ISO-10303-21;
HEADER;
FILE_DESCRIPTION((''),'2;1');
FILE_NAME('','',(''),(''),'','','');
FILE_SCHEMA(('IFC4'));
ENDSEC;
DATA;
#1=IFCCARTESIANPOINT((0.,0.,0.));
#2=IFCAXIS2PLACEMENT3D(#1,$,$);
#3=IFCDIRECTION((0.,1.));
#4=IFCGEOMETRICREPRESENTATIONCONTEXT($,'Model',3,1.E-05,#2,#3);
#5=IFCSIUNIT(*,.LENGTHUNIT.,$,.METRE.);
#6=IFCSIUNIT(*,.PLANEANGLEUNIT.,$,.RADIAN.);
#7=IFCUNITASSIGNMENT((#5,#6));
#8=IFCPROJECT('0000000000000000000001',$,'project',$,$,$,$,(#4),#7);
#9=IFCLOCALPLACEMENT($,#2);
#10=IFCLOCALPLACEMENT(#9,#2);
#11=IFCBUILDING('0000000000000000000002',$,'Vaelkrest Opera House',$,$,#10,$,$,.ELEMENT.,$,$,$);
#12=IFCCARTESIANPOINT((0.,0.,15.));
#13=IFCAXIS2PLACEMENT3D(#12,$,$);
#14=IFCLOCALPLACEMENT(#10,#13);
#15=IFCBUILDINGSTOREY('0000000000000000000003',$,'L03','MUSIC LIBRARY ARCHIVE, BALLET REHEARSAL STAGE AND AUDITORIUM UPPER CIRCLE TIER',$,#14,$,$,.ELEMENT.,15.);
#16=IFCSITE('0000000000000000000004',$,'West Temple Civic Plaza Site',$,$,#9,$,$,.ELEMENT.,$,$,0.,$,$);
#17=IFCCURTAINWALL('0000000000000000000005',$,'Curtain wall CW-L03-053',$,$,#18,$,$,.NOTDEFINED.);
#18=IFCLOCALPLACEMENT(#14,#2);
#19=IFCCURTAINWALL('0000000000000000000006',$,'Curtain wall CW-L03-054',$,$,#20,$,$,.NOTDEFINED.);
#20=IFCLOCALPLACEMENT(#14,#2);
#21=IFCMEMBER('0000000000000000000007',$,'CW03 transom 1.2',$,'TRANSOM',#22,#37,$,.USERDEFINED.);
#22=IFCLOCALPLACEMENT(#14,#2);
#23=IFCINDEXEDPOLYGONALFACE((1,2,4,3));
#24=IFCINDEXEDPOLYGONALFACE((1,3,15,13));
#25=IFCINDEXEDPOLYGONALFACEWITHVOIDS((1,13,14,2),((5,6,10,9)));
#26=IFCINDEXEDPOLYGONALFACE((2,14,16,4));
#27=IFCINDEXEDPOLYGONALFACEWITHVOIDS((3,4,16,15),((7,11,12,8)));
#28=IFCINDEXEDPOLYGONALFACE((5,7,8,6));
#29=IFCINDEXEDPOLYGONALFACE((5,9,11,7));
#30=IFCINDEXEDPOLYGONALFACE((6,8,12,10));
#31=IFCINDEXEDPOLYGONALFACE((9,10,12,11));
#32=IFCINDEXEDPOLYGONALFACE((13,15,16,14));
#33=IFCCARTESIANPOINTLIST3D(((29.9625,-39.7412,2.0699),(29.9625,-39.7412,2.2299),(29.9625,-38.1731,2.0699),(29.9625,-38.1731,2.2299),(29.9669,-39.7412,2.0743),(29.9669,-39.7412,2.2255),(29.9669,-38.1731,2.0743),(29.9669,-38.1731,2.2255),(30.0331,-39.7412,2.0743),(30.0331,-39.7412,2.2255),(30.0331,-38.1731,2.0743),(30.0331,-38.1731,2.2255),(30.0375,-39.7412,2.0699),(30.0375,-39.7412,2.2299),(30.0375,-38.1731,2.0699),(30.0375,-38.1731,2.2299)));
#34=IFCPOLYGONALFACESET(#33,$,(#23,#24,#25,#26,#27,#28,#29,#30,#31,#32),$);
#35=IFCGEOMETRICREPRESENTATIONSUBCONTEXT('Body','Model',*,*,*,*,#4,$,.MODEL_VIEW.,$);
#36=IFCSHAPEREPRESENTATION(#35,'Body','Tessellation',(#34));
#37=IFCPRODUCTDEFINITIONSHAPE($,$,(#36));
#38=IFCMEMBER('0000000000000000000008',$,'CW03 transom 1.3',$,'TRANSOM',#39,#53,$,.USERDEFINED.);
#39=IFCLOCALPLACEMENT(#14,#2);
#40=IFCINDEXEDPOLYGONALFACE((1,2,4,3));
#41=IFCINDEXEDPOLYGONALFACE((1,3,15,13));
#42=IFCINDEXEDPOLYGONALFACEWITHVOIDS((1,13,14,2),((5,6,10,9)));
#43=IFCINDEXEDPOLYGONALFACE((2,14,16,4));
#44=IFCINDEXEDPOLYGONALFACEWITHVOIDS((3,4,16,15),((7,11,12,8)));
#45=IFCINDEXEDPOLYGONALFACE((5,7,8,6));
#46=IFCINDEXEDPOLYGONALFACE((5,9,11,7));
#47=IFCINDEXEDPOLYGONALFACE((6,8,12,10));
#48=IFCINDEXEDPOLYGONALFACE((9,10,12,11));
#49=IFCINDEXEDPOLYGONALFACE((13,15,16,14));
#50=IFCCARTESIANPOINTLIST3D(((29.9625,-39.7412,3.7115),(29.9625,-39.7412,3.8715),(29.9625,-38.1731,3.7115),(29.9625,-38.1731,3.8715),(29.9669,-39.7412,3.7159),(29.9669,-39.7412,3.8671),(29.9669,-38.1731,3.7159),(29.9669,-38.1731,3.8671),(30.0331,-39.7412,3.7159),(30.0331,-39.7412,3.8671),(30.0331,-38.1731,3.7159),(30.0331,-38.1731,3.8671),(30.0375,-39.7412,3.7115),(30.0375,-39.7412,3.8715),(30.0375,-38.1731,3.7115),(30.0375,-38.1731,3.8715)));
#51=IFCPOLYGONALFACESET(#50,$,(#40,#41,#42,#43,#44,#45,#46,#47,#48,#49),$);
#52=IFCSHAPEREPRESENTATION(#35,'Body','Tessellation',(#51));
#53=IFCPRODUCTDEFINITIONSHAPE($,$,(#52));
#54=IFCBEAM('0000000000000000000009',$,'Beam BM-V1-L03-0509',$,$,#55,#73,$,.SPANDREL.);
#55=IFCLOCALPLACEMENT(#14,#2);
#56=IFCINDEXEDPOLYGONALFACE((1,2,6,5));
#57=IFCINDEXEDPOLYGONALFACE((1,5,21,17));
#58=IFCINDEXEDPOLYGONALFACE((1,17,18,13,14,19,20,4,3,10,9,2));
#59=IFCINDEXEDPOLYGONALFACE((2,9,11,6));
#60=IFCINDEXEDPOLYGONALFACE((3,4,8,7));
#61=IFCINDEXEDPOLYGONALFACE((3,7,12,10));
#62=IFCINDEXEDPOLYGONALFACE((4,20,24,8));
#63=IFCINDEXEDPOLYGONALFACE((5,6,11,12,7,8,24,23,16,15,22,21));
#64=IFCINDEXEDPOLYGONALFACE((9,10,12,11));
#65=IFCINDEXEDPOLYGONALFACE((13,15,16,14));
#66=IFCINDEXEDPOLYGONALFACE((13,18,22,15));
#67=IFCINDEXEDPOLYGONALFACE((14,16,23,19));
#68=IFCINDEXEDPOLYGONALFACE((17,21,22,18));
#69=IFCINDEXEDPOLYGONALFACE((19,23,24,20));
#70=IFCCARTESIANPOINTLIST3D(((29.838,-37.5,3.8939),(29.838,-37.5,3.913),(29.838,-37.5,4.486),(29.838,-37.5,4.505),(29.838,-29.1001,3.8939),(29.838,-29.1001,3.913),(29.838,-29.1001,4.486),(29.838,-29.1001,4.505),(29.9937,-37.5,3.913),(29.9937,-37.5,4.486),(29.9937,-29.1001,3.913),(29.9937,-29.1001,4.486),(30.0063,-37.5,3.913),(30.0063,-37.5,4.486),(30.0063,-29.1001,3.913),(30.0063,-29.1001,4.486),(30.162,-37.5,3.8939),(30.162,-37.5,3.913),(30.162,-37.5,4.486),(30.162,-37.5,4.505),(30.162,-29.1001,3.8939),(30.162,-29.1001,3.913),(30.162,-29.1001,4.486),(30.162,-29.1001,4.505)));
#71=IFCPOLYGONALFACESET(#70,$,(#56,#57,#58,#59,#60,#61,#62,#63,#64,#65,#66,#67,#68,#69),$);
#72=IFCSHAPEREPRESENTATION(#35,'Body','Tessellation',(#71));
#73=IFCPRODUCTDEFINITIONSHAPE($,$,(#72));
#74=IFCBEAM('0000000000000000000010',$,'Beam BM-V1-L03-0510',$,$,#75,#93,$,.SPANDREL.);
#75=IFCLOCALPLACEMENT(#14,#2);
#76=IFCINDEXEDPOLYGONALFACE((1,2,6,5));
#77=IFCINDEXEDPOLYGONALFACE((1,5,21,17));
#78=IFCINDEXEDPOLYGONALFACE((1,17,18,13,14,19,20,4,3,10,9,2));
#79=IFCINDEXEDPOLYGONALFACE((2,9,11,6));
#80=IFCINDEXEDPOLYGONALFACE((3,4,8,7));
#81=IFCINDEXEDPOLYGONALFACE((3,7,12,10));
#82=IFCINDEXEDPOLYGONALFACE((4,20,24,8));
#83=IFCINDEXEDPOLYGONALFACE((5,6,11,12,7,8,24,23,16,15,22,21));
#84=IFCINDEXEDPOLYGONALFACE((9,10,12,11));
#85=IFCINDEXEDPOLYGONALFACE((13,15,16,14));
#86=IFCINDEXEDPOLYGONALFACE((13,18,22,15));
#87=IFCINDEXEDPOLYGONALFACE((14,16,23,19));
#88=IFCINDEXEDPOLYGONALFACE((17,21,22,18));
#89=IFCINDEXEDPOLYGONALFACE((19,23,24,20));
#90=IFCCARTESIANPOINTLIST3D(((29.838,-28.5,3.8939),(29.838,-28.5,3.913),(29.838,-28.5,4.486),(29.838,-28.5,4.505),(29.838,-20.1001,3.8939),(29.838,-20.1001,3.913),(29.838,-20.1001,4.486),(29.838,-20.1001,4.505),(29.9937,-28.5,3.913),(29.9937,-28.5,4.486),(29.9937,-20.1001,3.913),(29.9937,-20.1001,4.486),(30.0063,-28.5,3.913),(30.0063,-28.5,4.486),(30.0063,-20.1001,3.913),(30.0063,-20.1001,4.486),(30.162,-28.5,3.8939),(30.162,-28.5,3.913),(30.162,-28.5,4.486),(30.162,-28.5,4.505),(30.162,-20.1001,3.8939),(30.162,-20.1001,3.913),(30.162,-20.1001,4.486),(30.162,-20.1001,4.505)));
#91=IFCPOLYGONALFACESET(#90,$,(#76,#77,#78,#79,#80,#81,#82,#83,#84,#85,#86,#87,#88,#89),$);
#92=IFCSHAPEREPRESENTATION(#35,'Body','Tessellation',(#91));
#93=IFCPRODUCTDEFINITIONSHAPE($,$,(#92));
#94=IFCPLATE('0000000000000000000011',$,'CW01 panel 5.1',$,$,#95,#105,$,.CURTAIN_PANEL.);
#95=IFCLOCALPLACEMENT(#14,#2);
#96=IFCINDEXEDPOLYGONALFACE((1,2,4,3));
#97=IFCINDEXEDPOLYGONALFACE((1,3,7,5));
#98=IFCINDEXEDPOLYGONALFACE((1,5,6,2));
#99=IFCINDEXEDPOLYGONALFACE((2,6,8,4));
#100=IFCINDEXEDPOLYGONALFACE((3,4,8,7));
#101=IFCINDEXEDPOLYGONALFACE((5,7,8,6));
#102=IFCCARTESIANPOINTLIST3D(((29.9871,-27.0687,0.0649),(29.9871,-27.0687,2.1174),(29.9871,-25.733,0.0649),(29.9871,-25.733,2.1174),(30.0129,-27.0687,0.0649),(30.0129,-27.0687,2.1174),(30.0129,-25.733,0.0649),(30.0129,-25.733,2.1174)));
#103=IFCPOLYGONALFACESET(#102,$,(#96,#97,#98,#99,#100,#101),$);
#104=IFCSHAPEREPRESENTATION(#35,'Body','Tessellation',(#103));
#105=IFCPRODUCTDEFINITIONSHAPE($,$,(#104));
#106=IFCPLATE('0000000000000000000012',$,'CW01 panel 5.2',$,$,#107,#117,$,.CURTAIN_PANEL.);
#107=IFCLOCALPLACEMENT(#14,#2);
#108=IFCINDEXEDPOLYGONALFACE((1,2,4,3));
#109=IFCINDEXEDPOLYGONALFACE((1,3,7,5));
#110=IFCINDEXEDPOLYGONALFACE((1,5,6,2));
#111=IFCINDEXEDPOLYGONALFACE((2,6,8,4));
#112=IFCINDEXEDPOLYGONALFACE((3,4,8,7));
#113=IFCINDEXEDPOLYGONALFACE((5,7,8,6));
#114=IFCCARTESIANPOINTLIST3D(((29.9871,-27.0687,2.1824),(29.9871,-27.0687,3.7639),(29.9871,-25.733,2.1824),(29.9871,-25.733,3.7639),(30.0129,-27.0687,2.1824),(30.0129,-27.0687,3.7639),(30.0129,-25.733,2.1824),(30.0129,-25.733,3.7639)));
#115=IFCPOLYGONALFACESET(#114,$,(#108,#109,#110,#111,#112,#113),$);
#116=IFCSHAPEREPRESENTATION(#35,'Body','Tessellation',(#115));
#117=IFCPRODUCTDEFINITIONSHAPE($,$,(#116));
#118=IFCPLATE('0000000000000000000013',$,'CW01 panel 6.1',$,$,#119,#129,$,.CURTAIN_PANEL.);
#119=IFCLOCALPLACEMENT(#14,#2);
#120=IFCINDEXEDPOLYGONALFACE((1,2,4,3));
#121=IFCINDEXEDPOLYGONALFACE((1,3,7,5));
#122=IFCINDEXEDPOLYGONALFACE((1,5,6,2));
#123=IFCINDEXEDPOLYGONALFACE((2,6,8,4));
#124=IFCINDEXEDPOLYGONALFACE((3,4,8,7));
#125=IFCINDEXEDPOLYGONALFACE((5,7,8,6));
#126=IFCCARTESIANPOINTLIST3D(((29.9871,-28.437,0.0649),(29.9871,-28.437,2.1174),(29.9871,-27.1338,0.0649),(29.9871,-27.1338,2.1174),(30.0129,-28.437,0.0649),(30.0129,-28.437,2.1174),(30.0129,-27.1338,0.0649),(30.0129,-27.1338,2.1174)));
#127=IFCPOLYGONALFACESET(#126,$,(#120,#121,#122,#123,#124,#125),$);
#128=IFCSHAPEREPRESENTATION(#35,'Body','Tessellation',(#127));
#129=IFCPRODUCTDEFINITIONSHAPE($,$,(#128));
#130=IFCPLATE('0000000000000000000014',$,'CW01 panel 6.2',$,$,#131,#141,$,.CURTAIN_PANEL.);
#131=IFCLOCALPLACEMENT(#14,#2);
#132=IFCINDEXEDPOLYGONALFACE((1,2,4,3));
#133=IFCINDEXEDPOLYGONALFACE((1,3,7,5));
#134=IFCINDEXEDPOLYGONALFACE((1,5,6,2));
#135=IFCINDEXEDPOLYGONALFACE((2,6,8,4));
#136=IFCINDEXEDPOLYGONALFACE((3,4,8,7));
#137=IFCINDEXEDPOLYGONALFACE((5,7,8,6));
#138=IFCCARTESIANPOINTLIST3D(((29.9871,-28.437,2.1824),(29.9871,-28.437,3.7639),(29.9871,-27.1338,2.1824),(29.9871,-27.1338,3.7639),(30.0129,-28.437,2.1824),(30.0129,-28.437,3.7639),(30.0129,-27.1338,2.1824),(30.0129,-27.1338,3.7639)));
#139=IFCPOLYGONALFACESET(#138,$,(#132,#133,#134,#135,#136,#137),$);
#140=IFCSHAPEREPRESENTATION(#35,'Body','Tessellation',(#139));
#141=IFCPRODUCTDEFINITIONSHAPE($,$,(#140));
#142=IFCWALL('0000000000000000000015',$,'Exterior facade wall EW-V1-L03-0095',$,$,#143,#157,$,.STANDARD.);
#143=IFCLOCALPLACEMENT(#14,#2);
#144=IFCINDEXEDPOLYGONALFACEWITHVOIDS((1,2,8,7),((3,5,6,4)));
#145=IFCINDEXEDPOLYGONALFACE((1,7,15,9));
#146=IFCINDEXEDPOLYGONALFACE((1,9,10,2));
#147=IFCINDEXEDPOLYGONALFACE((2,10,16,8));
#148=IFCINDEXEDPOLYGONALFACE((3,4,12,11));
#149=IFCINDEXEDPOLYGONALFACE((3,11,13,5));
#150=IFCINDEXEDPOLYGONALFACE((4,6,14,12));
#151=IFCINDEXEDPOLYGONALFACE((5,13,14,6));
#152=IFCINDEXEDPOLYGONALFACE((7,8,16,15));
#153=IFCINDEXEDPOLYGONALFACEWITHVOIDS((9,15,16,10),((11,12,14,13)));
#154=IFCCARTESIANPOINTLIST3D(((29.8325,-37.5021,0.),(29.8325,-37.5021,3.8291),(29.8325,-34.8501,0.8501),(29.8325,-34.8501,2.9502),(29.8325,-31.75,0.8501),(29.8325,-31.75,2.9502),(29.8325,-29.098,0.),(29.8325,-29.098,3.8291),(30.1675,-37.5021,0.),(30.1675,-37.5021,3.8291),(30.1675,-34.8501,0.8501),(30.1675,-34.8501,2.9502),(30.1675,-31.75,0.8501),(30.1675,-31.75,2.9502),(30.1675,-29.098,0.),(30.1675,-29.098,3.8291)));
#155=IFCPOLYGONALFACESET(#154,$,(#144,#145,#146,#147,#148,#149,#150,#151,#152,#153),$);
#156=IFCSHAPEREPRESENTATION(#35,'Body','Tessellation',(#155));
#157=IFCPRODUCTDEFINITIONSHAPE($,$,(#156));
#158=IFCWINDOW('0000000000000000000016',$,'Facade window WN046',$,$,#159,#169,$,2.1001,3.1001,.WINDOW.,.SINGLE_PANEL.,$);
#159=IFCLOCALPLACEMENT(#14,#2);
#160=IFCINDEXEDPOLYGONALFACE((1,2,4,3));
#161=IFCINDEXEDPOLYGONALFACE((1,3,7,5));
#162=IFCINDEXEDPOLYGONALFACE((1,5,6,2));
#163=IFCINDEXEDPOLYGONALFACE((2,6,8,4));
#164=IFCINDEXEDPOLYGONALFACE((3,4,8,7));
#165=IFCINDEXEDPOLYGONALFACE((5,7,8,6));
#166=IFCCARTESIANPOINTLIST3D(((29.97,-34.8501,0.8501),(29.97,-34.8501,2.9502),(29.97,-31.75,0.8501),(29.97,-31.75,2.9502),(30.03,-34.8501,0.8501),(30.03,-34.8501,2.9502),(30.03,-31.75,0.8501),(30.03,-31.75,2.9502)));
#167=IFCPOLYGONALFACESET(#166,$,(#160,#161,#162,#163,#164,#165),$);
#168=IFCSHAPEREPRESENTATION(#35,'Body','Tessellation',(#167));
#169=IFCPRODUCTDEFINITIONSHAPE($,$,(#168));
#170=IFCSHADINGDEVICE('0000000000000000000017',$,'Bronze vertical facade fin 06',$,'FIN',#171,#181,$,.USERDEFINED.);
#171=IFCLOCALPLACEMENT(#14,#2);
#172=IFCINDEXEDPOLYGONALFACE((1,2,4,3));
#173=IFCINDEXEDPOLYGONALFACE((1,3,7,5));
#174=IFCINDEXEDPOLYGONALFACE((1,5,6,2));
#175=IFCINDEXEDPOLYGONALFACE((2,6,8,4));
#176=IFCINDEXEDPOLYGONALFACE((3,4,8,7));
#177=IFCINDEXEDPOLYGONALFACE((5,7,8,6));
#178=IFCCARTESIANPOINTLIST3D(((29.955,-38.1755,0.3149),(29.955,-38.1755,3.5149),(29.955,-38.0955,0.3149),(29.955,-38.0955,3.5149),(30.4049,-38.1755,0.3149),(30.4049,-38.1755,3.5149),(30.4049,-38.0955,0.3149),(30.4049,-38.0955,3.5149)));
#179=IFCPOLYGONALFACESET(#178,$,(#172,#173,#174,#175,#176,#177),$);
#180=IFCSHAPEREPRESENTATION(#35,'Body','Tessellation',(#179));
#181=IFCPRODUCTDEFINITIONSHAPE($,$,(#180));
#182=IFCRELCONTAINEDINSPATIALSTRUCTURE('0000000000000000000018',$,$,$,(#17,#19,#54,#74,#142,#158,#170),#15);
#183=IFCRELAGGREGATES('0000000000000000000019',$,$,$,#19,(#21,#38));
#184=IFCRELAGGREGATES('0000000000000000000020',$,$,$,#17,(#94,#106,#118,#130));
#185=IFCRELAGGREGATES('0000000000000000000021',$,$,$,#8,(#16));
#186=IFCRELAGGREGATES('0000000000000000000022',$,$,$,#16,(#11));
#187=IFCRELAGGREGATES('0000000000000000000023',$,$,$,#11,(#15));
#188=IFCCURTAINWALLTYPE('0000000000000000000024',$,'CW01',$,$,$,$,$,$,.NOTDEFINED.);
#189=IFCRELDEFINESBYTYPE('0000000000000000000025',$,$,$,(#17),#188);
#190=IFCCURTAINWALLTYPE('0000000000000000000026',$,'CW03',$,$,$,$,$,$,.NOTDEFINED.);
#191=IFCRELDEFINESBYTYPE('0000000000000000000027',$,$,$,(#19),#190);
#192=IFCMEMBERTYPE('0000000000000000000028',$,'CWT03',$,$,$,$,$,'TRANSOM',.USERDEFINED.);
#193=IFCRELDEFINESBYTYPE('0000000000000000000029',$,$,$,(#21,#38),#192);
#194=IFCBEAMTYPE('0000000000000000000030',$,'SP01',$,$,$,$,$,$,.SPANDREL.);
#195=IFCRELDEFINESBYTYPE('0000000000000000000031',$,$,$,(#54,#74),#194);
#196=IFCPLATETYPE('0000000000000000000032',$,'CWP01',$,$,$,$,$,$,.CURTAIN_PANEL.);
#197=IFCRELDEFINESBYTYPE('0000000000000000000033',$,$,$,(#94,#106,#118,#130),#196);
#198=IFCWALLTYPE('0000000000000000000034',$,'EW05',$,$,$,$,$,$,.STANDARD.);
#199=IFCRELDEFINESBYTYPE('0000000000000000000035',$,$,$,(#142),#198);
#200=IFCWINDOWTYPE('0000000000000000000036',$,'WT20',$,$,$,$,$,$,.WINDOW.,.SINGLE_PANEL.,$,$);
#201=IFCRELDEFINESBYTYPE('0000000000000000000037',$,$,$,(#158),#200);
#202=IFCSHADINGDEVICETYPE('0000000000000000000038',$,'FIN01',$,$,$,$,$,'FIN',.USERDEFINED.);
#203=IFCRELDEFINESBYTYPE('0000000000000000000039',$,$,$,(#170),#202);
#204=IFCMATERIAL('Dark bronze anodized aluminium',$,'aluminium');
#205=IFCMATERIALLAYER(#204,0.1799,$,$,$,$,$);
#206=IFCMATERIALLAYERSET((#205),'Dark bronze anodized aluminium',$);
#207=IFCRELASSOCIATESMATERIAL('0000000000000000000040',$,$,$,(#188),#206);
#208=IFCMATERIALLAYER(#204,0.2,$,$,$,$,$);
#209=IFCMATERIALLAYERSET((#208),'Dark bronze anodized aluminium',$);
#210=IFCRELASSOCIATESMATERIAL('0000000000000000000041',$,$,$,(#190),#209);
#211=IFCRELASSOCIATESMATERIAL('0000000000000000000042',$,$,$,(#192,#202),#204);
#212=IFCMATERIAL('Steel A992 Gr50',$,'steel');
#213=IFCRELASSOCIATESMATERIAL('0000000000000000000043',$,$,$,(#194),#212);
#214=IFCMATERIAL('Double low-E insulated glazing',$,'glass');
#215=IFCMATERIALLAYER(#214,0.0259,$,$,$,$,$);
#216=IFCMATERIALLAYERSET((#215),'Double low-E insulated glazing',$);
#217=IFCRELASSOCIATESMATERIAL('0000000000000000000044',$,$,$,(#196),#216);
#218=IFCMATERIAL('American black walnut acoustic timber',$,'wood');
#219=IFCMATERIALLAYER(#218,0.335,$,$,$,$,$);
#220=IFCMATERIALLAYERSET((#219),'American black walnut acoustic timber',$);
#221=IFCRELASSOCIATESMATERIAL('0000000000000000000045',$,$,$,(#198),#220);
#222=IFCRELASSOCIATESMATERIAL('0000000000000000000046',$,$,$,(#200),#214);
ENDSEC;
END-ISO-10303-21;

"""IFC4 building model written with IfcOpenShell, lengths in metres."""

from ifc_helpers import new_model, si_unit, direction, frame, frame_2d, origin, origin_2d, place, context, subcontext, project, spatial, rectangle, hollow_rectangle, i_section, extrude, material, layer, layer_set, material_profile, profile_set, type_object, element, fill, aggregate, save


model = new_model("IFC4")

# Units and contexts
model_context = context("Model", 3, precision=1e-05, world=origin(), true_north=direction((0.0, 1.0)))
body_context = subcontext(model_context, "Body", "Model", "MODEL_VIEW")
ifc_project = project(units=[si_unit("LENGTHUNIT", "METRE"), si_unit("PLANEANGLEUNIT", "RADIAN")], contexts=[model_context])

# Site, building, storey
site_placement = place(None, origin())
site = spatial("IfcSite", under=ifc_project, at=site_placement, Name="West Temple Civic Plaza Site", CompositionType="ELEMENT", RefElevation=0.0)
building_placement = place(site_placement, origin())
building = spatial("IfcBuilding", under=site, at=building_placement, Name="Vaelkrest Opera House", CompositionType="ELEMENT")
storey_placement = place(building_placement, frame((0.0, 0.0, 15.0)))
storey = spatial("IfcBuildingStorey", under=building, at=storey_placement, Name="L03", Description="MUSIC LIBRARY ARCHIVE, BALLET REHEARSAL STAGE AND AUDITORIUM UPPER CIRCLE TIER", CompositionType="ELEMENT", Elevation=15.0)

# Curtain wall
ifc_material_1 = material(Name="Dark bronze anodized aluminium", Category="aluminium")
ifc_layer_1 = layer(ifc_material_1, 0.1799)
ifc_layer_set_1 = layer_set([ifc_layer_1], Name="Dark bronze anodized aluminium")
curtain_wall_type_1 = type_object("IfcCurtainWallType", Name="CW01", PredefinedType="NOTDEFINED", material=ifc_layer_set_1)
curtain_wall_1_placement = place(storey_placement, origin())
curtain_wall_1 = element("IfcCurtainWall", 1, at=curtain_wall_1_placement, inside=storey, type_object=curtain_wall_type_1, Name="Curtain wall CW-L03-053", PredefinedType="NOTDEFINED")

# Curtain wall
ifc_layer_2 = layer(ifc_material_1, 0.2)
ifc_layer_set_2 = layer_set([ifc_layer_2], Name="Dark bronze anodized aluminium")
curtain_wall_type_2 = type_object("IfcCurtainWallType", Name="CW03", PredefinedType="NOTDEFINED", material=ifc_layer_set_2)
curtain_wall_2_placement = place(storey_placement, origin())
curtain_wall_2 = element("IfcCurtainWall", 2, at=curtain_wall_2_placement, inside=storey, type_object=curtain_wall_type_2, Name="Curtain wall CW-L03-054", PredefinedType="NOTDEFINED")

# Members
ifc_material_profile_1 = material_profile(ifc_material_1, hollow_rectangle(XDim=0.075, YDim=0.1599, WallThickness=0.0044, at=origin_2d()), Name="CWT75X160")
ifc_profile_set_1 = profile_set([ifc_material_profile_1], Name="Dark bronze anodized aluminium")
member_type_1 = type_object("IfcMemberType", Name="CWT03", ElementType="TRANSOM", PredefinedType="USERDEFINED", material=ifc_profile_set_1)
member_1_placement = place(storey_placement, frame((30.0, -38.1731, 2.1499), z_axis=(0.0, -1.0, 0.0), x_axis=(1.0, 0.0, 0.0)))
member_1 = element("IfcMember", 3, at=member_1_placement, type_object=member_type_1, Name="CW03 transom 1.2", ObjectType="TRANSOM", PredefinedType="USERDEFINED", context=body_context, shape_type="SweptSolid", body=[
    extrude(hollow_rectangle(XDim=0.075, YDim=0.1599, WallThickness=0.0044, at=origin_2d()), origin(), (0.0, 0.0, 1.0), 1.5681),
])
member_2_placement = place(storey_placement, frame((30.0, -38.1731, 3.7915), z_axis=(0.0, -1.0, 0.0), x_axis=(1.0, 0.0, 0.0)))
member_2 = element("IfcMember", 4, at=member_2_placement, type_object=member_type_1, Name="CW03 transom 1.3", ObjectType="TRANSOM", PredefinedType="USERDEFINED", context=body_context, shape_type="SweptSolid", body=[
    extrude(hollow_rectangle(XDim=0.075, YDim=0.1599, WallThickness=0.0044, at=origin_2d()), origin(), (0.0, 0.0, 1.0), 1.5681),
])
aggregate(curtain_wall_2, [member_1, member_2])

# Beams
ifc_material_2 = material(Name="Steel A992 Gr50", Category="steel")
ifc_material_profile_2 = material_profile(ifc_material_2, i_section(OverallWidth=0.324, OverallDepth=0.6111, WebThickness=0.0127, FlangeThickness=0.019, at=origin_2d()), Name="W24X104")
ifc_profile_set_2 = profile_set([ifc_material_profile_2], Name="Steel A992 Gr50")
beam_type = type_object("IfcBeamType", Name="SP01", PredefinedType="SPANDREL", material=ifc_profile_set_2)
for number, where, z_axis, x_axis, name in (
    (5, (30.0, -37.5, 4.1995), (0.0, 1.0, 0.0), (-1.0, 0.0, 0.0), "Beam BM-V1-L03-0509"),
    (6, (30.0, -28.5, 4.1995), (0.0, 1.0, 0.0), (-1.0, 0.0, 0.0), "Beam BM-V1-L03-0510"),
):
    element("IfcBeam", number, at=place(storey_placement, frame(where, z_axis=z_axis, x_axis=x_axis)), inside=storey, type_object=beam_type, Name=name, PredefinedType="SPANDREL", context=body_context, shape_type="SweptSolid", body=[
        extrude(i_section(OverallWidth=0.324, OverallDepth=0.6111, WebThickness=0.0127, FlangeThickness=0.019, at=origin_2d()), origin(), (0.0, 0.0, 1.0), 8.3999),
    ])

# Plates
ifc_material_3 = material(Name="Double low-E insulated glazing", Category="glass")
ifc_layer_3 = layer(ifc_material_3, 0.0259)
ifc_layer_set_3 = layer_set([ifc_layer_3], Name="Double low-E insulated glazing")
plate_type = type_object("IfcPlateType", Name="CWP01", PredefinedType="CURTAIN_PANEL", material=ifc_layer_set_3)
plate_1_placement = place(storey_placement, frame((30.0, -26.4009, 0.0649), z_axis=(0.0, 0.0, 1.0), x_axis=(0.0, -1.0, 0.0)))
plate_1 = element("IfcPlate", 7, at=plate_1_placement, type_object=plate_type, Name="CW01 panel 5.1", PredefinedType="CURTAIN_PANEL", context=body_context, shape_type="SweptSolid", body=[
    extrude(rectangle(XDim=1.3357, YDim=0.0259, at=origin_2d()), origin(), (0.0, 0.0, 1.0), 2.0525),
])
plate_2_placement = place(storey_placement, frame((30.0, -26.4009, 2.1824), z_axis=(0.0, 0.0, 1.0), x_axis=(0.0, -1.0, 0.0)))
plate_2 = element("IfcPlate", 8, at=plate_2_placement, type_object=plate_type, Name="CW01 panel 5.2", PredefinedType="CURTAIN_PANEL", context=body_context, shape_type="SweptSolid", body=[
    extrude(rectangle(XDim=1.3357, YDim=0.0259, at=origin_2d()), origin(), (0.0, 0.0, 1.0), 1.5815),
])
plate_3_placement = place(storey_placement, frame((30.0, -27.7854, 0.0649), z_axis=(0.0, 0.0, 1.0), x_axis=(0.0, -1.0, 0.0)))
plate_3 = element("IfcPlate", 9, at=plate_3_placement, type_object=plate_type, Name="CW01 panel 6.1", PredefinedType="CURTAIN_PANEL", context=body_context, shape_type="SweptSolid", body=[
    extrude(rectangle(XDim=1.3032, YDim=0.0259, at=origin_2d()), origin(), (0.0, 0.0, 1.0), 2.0525),
])
plate_4_placement = place(storey_placement, frame((30.0, -27.7854, 2.1824), z_axis=(0.0, 0.0, 1.0), x_axis=(0.0, -1.0, 0.0)))
plate_4 = element("IfcPlate", 10, at=plate_4_placement, type_object=plate_type, Name="CW01 panel 6.2", PredefinedType="CURTAIN_PANEL", context=body_context, shape_type="SweptSolid", body=[
    extrude(rectangle(XDim=1.3032, YDim=0.0259, at=origin_2d()), origin(), (0.0, 0.0, 1.0), 1.5815),
])
aggregate(curtain_wall_1, [plate_1, plate_2, plate_3, plate_4])

# Wall, opening, window
ifc_material_4 = material(Name="American black walnut acoustic timber", Category="wood")
ifc_layer_4 = layer(ifc_material_4, 0.335)
ifc_layer_set_4 = layer_set([ifc_layer_4], Name="American black walnut acoustic timber")
wall_type = type_object("IfcWallType", Name="EW05", PredefinedType="STANDARD", material=ifc_layer_set_4)
wall_placement = place(storey_placement, frame((30.0, -29.0979, 0.0), z_axis=(0.0, 0.0, 1.0), x_axis=(0.0, -1.0, 0.0)))
wall = element("IfcWall", 11, at=wall_placement, inside=storey, type_object=wall_type, Name="Exterior facade wall EW-V1-L03-0095", PredefinedType="STANDARD", context=body_context, shape_type="SweptSolid", body=[
    extrude(rectangle(XDim=8.4041, YDim=0.335, at=frame_2d((4.2021, 0.0))), origin(), (0.0, 0.0, 1.0), 3.8291),
])
opening_placement = place(wall_placement, frame((2.6521, 0.0, 0.8501)))
opening = element("IfcOpeningElement", 12, at=opening_placement, cuts=wall, PredefinedType="OPENING", context=body_context, shape_type="SweptSolid", body=[
    extrude(rectangle(XDim=3.1001, YDim=2.1001, at=frame_2d((1.55, 1.05))), frame((0.0, 0.1775, 0.0), z_axis=(0.0, -1.0, 0.0), x_axis=(1.0, 0.0, 0.0)), (0.0, 0.0, 1.0), 0.355),
])
window_type = type_object("IfcWindowType", Name="WT20", PartitioningType="SINGLE_PANEL", PredefinedType="WINDOW", material=ifc_material_3)
window_placement = place(opening_placement, origin())
window = element("IfcWindow", 13, at=window_placement, inside=storey, type_object=window_type, Name="Facade window WN046", OverallHeight=2.1001, OverallWidth=3.1001, PartitioningType="SINGLE_PANEL", PredefinedType="WINDOW", context=body_context, shape_type="SweptSolid", body=[
    extrude(rectangle(XDim=3.1001, YDim=2.1001, at=frame_2d((1.55, 1.05))), frame((0.0, 0.03, 0.0), z_axis=(0.0, -1.0, 0.0), x_axis=(1.0, 0.0, 0.0)), (0.0, 0.0, 1.0), 0.0601),
])
fill(opening, window)

# Shading device
shading_device_type = type_object("IfcShadingDeviceType", Name="FIN01", ElementType="FIN", PredefinedType="USERDEFINED", material=ifc_material_1)
shading_device_placement = place(storey_placement, frame((30.1799, -38.1355, 0.3149), z_axis=(0.0, 0.0, 1.0), x_axis=(1.0, 0.0, 0.0)))
element("IfcShadingDevice", 14, at=shading_device_placement, inside=storey, type_object=shading_device_type, Name="Bronze vertical facade fin 06", ObjectType="FIN", PredefinedType="USERDEFINED", context=body_context, shape_type="SweptSolid", body=[
    extrude(rectangle(XDim=0.45, YDim=0.0801, at=origin_2d()), origin(), (0.0, 0.0, 1.0), 3.2),
])

save(model, "model.ifc")
